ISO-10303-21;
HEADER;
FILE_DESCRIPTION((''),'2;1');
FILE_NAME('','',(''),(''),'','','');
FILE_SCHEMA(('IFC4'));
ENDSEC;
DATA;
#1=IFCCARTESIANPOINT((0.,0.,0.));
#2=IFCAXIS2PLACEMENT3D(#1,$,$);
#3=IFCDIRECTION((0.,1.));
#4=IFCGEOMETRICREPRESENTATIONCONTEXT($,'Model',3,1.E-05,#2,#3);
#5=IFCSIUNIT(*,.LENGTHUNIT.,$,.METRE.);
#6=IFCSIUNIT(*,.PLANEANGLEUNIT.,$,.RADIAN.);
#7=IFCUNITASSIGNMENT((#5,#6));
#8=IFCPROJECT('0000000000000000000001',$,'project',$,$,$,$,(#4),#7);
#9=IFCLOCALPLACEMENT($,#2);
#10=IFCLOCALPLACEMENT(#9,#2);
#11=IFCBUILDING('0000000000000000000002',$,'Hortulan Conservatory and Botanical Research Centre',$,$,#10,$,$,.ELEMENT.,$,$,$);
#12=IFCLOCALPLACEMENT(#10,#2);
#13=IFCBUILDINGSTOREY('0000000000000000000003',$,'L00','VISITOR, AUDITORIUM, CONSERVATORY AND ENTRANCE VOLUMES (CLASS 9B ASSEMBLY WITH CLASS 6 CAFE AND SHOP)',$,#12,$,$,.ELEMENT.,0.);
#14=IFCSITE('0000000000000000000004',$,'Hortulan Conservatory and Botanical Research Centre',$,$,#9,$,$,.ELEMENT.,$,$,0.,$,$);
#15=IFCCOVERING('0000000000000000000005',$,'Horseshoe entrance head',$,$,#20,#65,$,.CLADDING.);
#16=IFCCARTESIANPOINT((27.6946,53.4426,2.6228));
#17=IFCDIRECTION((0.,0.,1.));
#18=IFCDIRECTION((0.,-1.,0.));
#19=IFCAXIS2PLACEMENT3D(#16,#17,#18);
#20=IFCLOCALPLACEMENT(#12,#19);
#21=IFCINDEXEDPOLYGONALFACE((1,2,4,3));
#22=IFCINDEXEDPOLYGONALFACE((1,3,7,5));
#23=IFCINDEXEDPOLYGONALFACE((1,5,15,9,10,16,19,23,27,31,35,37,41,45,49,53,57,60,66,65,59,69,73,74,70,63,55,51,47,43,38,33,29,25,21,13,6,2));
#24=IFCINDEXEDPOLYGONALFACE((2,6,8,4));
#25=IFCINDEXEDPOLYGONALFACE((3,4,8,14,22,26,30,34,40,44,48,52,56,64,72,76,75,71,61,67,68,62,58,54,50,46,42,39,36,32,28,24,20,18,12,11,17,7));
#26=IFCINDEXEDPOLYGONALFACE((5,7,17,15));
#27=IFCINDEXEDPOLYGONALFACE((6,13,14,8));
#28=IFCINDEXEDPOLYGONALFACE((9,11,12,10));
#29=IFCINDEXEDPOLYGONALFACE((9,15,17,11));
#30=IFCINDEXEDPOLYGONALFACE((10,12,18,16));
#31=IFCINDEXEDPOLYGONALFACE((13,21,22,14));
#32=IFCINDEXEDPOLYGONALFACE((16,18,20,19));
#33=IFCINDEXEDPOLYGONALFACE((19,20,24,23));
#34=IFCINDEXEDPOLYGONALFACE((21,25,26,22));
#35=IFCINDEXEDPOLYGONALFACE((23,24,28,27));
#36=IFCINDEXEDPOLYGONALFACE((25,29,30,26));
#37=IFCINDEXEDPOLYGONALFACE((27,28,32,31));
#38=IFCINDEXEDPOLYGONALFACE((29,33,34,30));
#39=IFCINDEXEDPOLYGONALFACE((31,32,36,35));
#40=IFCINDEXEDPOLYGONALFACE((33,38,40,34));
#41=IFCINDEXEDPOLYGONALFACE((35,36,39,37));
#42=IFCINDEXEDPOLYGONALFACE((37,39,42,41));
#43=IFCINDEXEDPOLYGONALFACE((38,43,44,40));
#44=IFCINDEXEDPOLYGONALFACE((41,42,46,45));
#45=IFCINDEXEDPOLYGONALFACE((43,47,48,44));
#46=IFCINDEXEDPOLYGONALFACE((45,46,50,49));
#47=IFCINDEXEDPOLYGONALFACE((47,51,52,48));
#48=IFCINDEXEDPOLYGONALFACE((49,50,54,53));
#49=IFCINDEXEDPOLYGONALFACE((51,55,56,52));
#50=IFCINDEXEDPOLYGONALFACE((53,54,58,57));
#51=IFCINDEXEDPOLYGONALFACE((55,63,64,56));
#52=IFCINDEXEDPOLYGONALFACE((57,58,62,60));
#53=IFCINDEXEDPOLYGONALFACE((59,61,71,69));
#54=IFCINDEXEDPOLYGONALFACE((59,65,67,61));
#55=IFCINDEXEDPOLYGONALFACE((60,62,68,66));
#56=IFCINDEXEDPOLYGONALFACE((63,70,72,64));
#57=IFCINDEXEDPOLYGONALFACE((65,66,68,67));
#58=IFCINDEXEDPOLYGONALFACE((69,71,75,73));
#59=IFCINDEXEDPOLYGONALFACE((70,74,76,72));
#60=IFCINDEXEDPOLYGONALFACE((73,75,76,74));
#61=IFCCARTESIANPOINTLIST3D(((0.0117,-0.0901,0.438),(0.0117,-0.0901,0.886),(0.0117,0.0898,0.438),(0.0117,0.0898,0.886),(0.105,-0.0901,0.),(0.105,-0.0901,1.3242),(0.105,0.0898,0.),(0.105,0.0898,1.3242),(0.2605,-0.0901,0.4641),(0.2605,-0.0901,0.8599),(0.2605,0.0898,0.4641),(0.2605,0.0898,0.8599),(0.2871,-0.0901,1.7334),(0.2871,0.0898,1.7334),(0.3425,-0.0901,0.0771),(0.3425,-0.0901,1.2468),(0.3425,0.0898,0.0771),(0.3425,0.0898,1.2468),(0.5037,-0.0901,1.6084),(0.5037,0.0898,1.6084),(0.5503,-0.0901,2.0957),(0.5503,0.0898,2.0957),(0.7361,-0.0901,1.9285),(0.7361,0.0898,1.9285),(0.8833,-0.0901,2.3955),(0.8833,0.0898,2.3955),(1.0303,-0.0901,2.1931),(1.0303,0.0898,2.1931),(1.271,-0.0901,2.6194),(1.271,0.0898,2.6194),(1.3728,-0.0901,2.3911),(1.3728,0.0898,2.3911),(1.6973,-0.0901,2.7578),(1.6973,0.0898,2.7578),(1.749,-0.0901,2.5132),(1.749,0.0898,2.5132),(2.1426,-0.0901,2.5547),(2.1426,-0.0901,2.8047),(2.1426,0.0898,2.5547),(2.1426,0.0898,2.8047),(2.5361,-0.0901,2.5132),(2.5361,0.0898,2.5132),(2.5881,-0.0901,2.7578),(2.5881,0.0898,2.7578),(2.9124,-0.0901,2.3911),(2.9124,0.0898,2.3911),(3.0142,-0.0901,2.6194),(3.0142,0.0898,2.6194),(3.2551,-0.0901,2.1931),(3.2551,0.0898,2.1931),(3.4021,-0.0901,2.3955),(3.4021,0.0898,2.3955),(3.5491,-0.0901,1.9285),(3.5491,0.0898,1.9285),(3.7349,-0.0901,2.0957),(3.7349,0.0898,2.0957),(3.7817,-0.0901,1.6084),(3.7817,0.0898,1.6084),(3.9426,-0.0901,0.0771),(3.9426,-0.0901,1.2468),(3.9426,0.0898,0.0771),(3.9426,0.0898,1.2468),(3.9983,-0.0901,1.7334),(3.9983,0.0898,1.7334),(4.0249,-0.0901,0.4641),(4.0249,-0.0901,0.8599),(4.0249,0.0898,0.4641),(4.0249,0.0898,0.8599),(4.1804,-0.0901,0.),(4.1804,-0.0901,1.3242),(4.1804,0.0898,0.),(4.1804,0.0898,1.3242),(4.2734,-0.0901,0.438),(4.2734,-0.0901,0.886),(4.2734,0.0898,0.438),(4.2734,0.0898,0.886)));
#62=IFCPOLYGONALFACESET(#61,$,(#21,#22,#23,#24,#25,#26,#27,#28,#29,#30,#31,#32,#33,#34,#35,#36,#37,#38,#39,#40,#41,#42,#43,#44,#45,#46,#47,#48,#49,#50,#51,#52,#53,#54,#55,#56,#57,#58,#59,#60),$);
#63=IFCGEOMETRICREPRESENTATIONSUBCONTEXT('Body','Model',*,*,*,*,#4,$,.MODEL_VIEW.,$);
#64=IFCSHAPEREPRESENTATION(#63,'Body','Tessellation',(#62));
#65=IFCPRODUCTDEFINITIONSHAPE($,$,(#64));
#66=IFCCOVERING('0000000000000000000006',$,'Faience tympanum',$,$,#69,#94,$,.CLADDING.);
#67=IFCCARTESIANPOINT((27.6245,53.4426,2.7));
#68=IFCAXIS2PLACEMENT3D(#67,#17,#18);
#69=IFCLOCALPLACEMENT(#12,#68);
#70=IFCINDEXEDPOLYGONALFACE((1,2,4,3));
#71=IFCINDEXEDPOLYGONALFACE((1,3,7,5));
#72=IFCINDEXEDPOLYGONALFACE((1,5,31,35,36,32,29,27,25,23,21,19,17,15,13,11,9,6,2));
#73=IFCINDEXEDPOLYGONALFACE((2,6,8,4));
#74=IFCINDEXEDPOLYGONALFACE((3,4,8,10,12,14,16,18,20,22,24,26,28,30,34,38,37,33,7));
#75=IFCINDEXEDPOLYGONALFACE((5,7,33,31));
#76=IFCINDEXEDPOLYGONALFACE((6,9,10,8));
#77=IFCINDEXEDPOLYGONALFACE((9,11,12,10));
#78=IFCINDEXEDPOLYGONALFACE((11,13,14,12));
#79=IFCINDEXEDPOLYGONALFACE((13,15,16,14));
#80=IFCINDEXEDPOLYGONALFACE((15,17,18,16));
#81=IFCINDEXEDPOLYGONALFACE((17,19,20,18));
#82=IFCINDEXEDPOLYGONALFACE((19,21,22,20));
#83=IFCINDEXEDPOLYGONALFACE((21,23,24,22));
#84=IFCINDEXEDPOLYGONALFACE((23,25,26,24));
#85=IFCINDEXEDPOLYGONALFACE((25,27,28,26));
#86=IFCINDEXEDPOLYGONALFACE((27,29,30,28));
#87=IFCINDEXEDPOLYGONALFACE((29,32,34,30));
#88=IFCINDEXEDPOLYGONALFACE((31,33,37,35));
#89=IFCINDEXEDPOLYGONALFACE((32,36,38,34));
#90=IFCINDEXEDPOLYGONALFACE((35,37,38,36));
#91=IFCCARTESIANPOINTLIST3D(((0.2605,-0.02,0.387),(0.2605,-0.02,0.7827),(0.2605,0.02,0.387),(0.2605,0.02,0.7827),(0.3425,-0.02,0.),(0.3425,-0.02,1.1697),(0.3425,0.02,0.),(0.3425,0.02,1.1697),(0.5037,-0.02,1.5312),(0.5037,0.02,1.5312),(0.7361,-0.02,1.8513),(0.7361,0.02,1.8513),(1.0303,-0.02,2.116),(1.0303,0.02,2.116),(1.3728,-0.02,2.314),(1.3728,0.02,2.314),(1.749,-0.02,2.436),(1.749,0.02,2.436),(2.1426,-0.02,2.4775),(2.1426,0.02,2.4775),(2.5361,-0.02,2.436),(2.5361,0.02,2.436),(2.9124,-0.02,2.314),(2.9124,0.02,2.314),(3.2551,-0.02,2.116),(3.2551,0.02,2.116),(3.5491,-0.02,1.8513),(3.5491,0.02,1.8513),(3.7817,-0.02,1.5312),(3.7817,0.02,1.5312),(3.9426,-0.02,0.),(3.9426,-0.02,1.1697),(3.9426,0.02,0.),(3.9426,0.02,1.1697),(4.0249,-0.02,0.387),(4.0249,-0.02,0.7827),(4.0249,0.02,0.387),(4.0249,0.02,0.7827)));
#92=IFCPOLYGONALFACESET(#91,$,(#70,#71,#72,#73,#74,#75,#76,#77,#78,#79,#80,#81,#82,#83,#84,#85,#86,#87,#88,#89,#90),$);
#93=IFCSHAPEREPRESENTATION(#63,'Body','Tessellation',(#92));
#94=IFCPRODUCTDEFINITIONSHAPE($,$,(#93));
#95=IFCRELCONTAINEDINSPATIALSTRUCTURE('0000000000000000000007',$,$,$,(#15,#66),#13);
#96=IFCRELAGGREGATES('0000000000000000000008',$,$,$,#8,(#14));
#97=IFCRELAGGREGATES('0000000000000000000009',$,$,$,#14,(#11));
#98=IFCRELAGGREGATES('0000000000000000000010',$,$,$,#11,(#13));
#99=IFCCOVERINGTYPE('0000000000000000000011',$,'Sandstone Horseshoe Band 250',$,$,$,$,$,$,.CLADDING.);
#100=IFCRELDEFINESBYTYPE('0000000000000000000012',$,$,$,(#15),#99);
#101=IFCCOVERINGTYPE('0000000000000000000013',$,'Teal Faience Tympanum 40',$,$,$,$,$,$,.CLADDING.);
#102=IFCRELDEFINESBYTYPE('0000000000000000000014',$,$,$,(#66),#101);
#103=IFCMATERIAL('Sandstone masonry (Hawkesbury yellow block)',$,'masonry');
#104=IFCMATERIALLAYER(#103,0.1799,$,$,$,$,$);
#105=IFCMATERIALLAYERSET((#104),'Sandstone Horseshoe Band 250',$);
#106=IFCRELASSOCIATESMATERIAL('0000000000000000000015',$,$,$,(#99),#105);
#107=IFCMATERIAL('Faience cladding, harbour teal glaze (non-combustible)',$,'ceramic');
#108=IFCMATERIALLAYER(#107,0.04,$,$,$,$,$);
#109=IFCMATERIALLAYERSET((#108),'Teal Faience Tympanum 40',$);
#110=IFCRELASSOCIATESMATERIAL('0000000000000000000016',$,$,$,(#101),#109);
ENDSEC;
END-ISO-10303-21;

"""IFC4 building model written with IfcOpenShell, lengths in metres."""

from ifc_helpers import new_model, si_unit, direction, frame, origin, place, context, subcontext, project, spatial, polyline, outline, extrude, material, layer, layer_set, type_object, element, save


model = new_model("IFC4")

# Units and contexts
model_context = context("Model", 3, precision=1e-05, world=origin(), true_north=direction((0.0, 1.0)))
body_context = subcontext(model_context, "Body", "Model", "MODEL_VIEW")
ifc_project = project(units=[si_unit("LENGTHUNIT", "METRE"), si_unit("PLANEANGLEUNIT", "RADIAN")], contexts=[model_context])

# Site, building, storey
site_placement = place(None, origin())
site = spatial("IfcSite", under=ifc_project, at=site_placement, Name="Hortulan Conservatory and Botanical Research Centre", CompositionType="ELEMENT", RefElevation=0.0)
building_placement = place(site_placement, origin())
building = spatial("IfcBuilding", under=site, at=building_placement, Name="Hortulan Conservatory and Botanical Research Centre", CompositionType="ELEMENT")
storey_placement = place(building_placement, origin())
storey = spatial("IfcBuildingStorey", under=building, at=storey_placement, Name="L00", Description="VISITOR, AUDITORIUM, CONSERVATORY AND ENTRANCE VOLUMES (CLASS 9B ASSEMBLY WITH CLASS 6 CAFE AND SHOP)", CompositionType="ELEMENT", Elevation=0.0)

# Shared definitions
ifc_material_1 = material(Name="Sandstone masonry (Hawkesbury yellow block)", Category="masonry")

# Coverings
ifc_layer_1 = layer(ifc_material_1, 0.1799)
ifc_layer_set_1 = layer_set([ifc_layer_1], Name="Sandstone Horseshoe Band 250")
covering_type_1 = type_object("IfcCoveringType", Name="Sandstone Horseshoe Band 250", PredefinedType="CLADDING", material=ifc_layer_set_1)
covering_1_placement = place(storey_placement, frame((27.6946, 53.4426, 2.6228), z_axis=(0.0, 0.0, 1.0), x_axis=(0.0, -1.0, 0.0)))
element("IfcCovering", 1, at=covering_1_placement, inside=storey, type_object=covering_type_1, Name="Horseshoe entrance head", PredefinedType="CLADDING", context=body_context, shape_type="SweptSolid", body=[
    extrude(outline(polyline([(0.3425, 0.0771), (0.2605, 0.4641), (0.2605, 0.8599), (0.3425, 1.2468), (0.5037, 1.6084), (0.7361, 1.9285), (1.0303, 2.1931), (1.3728, 2.3911), (1.749, 2.5132), (2.1426, 2.5547), (2.5361, 2.5132), (2.9124, 2.3911), (3.2551, 2.1931), (3.5491, 1.9285), (3.7817, 1.6084), (3.9426, 1.2468), (4.0249, 0.8599), (4.0249, 0.4641), (3.9426, 0.0771), (4.1804, 0.0), (4.2734, 0.438), (4.2734, 0.886), (4.1804, 1.3242), (3.9983, 1.7334), (3.7349, 2.0957), (3.4021, 2.3955), (3.0142, 2.6194), (2.5881, 2.7578), (2.1426, 2.8047), (1.6973, 2.7578), (1.271, 2.6194), (0.8833, 2.3955), (0.5503, 2.0957), (0.2871, 1.7334), (0.105, 1.3242), (0.0117, 0.886), (0.0117, 0.438), (0.105, 0.0), (0.3425, 0.0771)])), frame((0.0, 0.0898, 0.0), z_axis=(0.0, -1.0, 0.0), x_axis=(1.0, 0.0, 0.0)), (0.0, 0.0, 1.0), 0.1799),
])
ifc_material_2 = material(Name="Faience cladding, harbour teal glaze (non-combustible)", Category="ceramic")
ifc_layer_2 = layer(ifc_material_2, 0.04)
ifc_layer_set_2 = layer_set([ifc_layer_2], Name="Teal Faience Tympanum 40")
covering_type_2 = type_object("IfcCoveringType", Name="Teal Faience Tympanum 40", PredefinedType="CLADDING", material=ifc_layer_set_2)
covering_2_placement = place(storey_placement, frame((27.6245, 53.4426, 2.7), z_axis=(0.0, 0.0, 1.0), x_axis=(0.0, -1.0, 0.0)))
element("IfcCovering", 2, at=covering_2_placement, inside=storey, type_object=covering_type_2, Name="Faience tympanum", PredefinedType="CLADDING", context=body_context, shape_type="SweptSolid", body=[
    extrude(outline(polyline([(0.3425, 0.0), (0.2605, 0.387), (0.2605, 0.7827), (0.3425, 1.1697), (0.5037, 1.5312), (0.7361, 1.8513), (1.0303, 2.116), (1.3728, 2.314), (1.749, 2.436), (2.1426, 2.4775), (2.5361, 2.436), (2.9124, 2.314), (3.2551, 2.116), (3.5491, 1.8513), (3.7817, 1.5312), (3.9426, 1.1697), (4.0249, 0.7827), (4.0249, 0.387), (3.9426, 0.0), (3.9426, 0.0), (0.3425, 0.0), (0.3425, 0.0)])), frame((0.0, 0.02, 0.0), z_axis=(0.0, -1.0, 0.0), x_axis=(1.0, 0.0, 0.0)), (0.0, 0.0, 1.0), 0.04),
])

save(model, "model.ifc")
